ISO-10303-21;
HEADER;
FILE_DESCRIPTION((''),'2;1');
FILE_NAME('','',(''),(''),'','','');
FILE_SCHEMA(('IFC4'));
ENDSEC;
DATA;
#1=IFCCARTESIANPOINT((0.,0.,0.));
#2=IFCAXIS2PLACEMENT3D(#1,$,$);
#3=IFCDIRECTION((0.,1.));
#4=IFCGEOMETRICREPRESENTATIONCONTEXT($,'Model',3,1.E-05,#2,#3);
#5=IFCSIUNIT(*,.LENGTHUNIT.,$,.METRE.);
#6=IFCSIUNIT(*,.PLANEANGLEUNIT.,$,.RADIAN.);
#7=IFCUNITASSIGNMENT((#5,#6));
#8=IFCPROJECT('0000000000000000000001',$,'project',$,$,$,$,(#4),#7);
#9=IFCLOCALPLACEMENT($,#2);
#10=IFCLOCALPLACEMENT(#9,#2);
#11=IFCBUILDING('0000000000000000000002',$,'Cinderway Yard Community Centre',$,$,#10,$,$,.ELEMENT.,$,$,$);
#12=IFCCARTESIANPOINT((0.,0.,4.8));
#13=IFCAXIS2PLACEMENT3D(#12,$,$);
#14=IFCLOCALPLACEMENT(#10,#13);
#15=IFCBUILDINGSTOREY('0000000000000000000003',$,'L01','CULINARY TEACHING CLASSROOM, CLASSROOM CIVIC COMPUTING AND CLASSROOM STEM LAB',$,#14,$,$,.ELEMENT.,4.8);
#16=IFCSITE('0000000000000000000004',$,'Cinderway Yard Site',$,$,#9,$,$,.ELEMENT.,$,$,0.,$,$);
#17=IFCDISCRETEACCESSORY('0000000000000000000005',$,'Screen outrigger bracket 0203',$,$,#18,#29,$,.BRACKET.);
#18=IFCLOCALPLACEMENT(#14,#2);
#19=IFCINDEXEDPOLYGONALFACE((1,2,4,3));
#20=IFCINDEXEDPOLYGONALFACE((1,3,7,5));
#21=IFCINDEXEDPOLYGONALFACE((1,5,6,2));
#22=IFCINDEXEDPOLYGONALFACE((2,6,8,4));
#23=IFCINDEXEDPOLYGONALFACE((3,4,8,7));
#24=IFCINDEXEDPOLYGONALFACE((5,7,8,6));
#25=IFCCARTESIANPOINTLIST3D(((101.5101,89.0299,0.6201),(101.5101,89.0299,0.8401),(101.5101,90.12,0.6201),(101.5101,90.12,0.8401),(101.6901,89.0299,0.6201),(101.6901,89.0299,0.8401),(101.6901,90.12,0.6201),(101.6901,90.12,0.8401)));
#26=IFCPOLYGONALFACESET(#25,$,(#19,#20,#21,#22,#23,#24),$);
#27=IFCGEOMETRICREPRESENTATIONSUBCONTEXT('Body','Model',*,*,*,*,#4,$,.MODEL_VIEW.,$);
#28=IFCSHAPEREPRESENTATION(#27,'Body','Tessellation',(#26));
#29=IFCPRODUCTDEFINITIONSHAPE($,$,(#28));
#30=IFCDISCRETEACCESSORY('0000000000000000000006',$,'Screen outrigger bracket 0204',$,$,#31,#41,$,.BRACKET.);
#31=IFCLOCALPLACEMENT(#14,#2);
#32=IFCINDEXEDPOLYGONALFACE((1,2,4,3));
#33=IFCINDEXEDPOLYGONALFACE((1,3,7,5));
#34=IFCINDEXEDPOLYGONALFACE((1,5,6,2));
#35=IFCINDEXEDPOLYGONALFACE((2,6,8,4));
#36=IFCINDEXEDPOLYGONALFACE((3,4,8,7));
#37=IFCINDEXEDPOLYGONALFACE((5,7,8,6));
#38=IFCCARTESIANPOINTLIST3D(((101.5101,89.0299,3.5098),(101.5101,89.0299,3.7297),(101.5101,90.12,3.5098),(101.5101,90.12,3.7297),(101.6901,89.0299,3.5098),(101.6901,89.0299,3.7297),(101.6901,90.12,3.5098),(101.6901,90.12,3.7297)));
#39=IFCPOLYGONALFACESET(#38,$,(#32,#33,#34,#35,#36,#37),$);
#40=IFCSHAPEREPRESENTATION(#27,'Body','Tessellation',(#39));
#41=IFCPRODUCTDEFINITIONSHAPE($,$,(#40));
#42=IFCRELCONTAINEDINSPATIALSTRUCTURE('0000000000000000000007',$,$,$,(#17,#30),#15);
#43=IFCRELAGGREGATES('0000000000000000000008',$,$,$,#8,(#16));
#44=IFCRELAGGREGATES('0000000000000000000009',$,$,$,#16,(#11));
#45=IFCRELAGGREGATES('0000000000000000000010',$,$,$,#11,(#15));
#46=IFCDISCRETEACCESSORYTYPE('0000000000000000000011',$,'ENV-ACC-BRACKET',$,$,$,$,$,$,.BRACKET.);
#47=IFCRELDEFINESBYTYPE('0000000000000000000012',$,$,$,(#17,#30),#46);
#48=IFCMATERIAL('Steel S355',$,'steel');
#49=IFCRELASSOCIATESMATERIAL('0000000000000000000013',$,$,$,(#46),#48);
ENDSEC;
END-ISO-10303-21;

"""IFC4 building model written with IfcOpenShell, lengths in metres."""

from ifc_helpers import new_model, si_unit, direction, frame, origin, origin_2d, place, context, subcontext, project, spatial, rectangle, extrude, material, type_object, element, save


model = new_model("IFC4")

# Units and contexts
model_context = context("Model", 3, precision=1e-05, world=origin(), true_north=direction((0.0, 1.0)))
body_context = subcontext(model_context, "Body", "Model", "MODEL_VIEW")
ifc_project = project(units=[si_unit("LENGTHUNIT", "METRE"), si_unit("PLANEANGLEUNIT", "RADIAN")], contexts=[model_context])

# Site, building, storey
site_placement = place(None, origin())
site = spatial("IfcSite", under=ifc_project, at=site_placement, Name="Cinderway Yard Site", CompositionType="ELEMENT", RefElevation=0.0)
building_placement = place(site_placement, origin())
building = spatial("IfcBuilding", under=site, at=building_placement, Name="Cinderway Yard Community Centre", CompositionType="ELEMENT")
storey_placement = place(building_placement, frame((0.0, 0.0, 4.8)))
storey = spatial("IfcBuildingStorey", under=building, at=storey_placement, Name="L01", Description="CULINARY TEACHING CLASSROOM, CLASSROOM CIVIC COMPUTING AND CLASSROOM STEM LAB", CompositionType="ELEMENT", Elevation=4.8)

# Shared definitions
ifc_material_1 = material(Name="Steel S355", Category="steel")

# Discrete accessories
discrete_accessory_type = type_object("IfcDiscreteAccessoryType", Name="ENV-ACC-BRACKET", PredefinedType="BRACKET", material=ifc_material_1)
for number, where, z_axis, x_axis, name in (
    (1, (101.6001, 89.575, 0.6201), (0.0, 0.0, 1.0), (0.0, -1.0, 0.0), "Screen outrigger bracket 0203"),
    (2, (101.6001, 89.575, 3.5098), (0.0, 0.0, 1.0), (0.0, -1.0, 0.0), "Screen outrigger bracket 0204"),
):
    element("IfcDiscreteAccessory", number, at=place(storey_placement, frame(where, z_axis=z_axis, x_axis=x_axis)), inside=storey, type_object=discrete_accessory_type, Name=name, PredefinedType="BRACKET", context=body_context, shape_type="SweptSolid", body=[
        extrude(rectangle(XDim=1.0901, YDim=0.1799, at=origin_2d()), origin(), (0.0, 0.0, 1.0), 0.22),
    ])

save(model, "model.ifc")
